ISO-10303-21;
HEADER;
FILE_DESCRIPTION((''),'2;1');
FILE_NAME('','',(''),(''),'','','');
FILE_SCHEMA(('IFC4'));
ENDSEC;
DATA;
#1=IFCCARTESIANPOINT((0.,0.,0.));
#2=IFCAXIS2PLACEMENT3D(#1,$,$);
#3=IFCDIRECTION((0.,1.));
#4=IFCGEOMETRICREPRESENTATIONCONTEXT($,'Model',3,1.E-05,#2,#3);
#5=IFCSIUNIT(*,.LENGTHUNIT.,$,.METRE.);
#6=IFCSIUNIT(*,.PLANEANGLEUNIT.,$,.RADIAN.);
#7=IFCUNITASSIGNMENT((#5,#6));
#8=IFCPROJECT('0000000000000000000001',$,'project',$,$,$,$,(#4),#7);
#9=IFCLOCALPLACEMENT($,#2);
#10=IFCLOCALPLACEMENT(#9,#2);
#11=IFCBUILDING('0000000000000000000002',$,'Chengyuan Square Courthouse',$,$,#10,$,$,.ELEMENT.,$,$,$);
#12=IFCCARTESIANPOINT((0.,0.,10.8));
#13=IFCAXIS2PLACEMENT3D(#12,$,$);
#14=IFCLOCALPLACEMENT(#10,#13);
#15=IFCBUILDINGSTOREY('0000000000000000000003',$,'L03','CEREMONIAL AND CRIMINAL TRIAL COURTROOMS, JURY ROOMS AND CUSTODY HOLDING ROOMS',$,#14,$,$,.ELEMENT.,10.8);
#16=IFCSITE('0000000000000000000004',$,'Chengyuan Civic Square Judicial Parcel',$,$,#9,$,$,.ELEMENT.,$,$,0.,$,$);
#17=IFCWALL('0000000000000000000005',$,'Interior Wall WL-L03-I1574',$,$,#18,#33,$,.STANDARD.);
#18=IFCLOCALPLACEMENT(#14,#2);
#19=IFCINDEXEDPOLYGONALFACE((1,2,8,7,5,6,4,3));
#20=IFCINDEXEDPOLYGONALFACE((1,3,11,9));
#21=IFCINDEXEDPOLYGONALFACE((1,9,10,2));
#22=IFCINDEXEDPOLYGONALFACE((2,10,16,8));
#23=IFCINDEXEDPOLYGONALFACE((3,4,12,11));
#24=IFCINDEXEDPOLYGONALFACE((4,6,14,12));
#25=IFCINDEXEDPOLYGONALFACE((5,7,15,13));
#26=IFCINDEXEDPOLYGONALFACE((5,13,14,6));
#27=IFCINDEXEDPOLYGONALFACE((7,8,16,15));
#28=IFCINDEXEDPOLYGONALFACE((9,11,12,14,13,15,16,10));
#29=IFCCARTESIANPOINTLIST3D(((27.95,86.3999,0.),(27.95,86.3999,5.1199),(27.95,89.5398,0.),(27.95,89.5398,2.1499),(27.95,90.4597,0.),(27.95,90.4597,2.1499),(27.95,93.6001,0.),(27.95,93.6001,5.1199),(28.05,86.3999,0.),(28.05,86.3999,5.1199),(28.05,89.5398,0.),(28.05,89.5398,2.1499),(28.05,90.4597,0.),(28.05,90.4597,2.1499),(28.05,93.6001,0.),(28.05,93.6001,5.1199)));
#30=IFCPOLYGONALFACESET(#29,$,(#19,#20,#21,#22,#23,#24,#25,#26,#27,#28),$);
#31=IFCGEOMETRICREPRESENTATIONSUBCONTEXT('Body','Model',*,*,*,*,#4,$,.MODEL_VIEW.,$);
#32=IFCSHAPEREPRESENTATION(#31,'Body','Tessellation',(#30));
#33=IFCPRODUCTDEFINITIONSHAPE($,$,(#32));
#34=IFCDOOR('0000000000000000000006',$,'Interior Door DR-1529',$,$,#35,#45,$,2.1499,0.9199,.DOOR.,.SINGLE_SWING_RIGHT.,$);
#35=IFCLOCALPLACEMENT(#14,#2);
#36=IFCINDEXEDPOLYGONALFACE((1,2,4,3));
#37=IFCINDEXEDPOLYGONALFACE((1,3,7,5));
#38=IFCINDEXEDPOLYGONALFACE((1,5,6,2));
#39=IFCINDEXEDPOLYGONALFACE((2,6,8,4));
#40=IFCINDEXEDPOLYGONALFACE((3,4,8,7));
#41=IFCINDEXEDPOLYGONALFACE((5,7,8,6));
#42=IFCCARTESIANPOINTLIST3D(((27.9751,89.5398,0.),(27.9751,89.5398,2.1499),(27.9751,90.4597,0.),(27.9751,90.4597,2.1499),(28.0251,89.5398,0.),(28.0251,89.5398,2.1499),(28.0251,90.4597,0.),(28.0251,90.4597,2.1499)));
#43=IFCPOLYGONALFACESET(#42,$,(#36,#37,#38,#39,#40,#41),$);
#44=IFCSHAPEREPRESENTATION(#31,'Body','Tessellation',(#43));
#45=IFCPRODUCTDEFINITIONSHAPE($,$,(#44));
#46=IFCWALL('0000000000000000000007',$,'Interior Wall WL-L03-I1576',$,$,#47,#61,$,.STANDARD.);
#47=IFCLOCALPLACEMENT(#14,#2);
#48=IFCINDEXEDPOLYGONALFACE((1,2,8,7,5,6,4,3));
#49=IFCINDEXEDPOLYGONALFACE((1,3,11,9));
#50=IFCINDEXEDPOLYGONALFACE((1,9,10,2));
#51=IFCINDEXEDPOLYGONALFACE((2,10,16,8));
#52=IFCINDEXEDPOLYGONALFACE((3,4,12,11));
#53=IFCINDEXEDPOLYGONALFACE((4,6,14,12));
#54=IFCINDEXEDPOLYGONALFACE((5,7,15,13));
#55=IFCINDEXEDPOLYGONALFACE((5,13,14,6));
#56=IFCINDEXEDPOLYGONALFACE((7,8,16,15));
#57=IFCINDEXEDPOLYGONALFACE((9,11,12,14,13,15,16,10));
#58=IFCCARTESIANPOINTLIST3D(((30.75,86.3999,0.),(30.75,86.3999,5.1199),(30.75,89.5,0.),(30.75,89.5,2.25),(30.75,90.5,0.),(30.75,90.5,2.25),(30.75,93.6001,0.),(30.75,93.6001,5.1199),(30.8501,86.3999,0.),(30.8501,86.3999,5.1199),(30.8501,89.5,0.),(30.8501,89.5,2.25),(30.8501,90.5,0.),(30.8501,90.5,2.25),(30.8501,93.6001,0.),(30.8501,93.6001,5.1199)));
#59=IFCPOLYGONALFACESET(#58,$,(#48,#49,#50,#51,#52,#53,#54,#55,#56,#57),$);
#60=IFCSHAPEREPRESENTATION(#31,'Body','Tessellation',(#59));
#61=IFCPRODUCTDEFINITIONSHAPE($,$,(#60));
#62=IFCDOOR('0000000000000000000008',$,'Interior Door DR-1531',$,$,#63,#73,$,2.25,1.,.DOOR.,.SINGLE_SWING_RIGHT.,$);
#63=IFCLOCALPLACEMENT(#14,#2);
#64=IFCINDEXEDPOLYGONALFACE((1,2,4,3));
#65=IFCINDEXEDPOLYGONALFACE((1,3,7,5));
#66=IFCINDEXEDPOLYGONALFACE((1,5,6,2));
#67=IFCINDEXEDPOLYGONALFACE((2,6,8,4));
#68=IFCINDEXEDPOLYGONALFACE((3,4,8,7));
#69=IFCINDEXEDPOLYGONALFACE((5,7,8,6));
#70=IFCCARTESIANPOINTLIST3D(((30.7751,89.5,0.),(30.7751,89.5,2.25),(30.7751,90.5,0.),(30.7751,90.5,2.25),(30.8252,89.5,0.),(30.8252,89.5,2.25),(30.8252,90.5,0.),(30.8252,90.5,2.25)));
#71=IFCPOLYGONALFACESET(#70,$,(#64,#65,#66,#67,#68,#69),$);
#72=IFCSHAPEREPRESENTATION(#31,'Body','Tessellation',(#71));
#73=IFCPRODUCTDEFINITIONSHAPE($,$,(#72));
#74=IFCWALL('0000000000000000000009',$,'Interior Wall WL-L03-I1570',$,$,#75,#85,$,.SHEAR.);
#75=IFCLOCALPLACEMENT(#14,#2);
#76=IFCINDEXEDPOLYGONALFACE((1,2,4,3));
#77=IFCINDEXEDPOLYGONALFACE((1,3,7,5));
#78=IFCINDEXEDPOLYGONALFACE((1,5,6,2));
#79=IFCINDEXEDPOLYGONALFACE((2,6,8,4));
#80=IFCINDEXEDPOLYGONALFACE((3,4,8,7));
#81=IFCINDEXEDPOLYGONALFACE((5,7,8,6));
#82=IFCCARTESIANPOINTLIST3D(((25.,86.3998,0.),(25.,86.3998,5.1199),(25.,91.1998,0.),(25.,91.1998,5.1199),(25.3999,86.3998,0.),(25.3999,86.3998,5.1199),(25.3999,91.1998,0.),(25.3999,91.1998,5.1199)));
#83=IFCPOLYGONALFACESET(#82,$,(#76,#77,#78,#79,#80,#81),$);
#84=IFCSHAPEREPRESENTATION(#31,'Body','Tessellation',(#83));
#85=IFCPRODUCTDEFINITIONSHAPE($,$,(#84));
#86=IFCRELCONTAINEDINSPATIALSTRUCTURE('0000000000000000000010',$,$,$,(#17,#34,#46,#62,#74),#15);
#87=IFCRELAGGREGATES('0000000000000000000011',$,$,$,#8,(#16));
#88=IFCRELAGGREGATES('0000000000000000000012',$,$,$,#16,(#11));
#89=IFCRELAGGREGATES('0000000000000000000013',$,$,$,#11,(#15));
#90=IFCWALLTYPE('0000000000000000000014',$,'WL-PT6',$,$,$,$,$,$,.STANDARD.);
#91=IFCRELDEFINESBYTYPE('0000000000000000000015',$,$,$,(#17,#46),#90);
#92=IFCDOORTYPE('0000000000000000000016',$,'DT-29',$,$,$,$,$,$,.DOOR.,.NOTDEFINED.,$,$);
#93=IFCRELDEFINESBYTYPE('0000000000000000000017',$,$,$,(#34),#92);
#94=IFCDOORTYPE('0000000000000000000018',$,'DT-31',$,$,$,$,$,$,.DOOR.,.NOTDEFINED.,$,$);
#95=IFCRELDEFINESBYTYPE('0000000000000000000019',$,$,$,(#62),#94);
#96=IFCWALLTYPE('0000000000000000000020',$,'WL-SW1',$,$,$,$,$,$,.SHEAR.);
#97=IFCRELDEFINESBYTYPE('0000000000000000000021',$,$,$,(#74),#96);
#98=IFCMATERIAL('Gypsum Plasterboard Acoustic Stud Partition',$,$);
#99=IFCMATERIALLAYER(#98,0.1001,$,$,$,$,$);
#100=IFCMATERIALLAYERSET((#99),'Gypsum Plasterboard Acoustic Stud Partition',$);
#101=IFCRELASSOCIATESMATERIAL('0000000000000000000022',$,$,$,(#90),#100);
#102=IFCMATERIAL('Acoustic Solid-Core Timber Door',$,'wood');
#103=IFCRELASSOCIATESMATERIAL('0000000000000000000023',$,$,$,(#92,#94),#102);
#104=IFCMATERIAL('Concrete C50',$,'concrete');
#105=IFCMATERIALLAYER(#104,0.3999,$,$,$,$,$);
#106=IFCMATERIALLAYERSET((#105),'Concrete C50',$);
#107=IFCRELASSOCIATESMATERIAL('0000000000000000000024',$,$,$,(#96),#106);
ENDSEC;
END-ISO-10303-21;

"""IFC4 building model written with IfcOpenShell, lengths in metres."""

from ifc_helpers import new_model, si_unit, direction, frame, frame_2d, origin, place, context, subcontext, project, spatial, rectangle, extrude, material, layer, layer_set, type_object, element, fill, save


model = new_model("IFC4")

# Units and contexts
model_context = context("Model", 3, precision=1e-05, world=origin(), true_north=direction((0.0, 1.0)))
body_context = subcontext(model_context, "Body", "Model", "MODEL_VIEW")
ifc_project = project(units=[si_unit("LENGTHUNIT", "METRE"), si_unit("PLANEANGLEUNIT", "RADIAN")], contexts=[model_context])

# Site, building, storey
site_placement = place(None, origin())
site = spatial("IfcSite", under=ifc_project, at=site_placement, Name="Chengyuan Civic Square Judicial Parcel", CompositionType="ELEMENT", RefElevation=0.0)
building_placement = place(site_placement, origin())
building = spatial("IfcBuilding", under=site, at=building_placement, Name="Chengyuan Square Courthouse", CompositionType="ELEMENT")
storey_placement = place(building_placement, frame((0.0, 0.0, 10.8)))
storey = spatial("IfcBuildingStorey", under=building, at=storey_placement, Name="L03", Description="CEREMONIAL AND CRIMINAL TRIAL COURTROOMS, JURY ROOMS AND CUSTODY HOLDING ROOMS", CompositionType="ELEMENT", Elevation=10.8)

# Shared definitions
ifc_material_1 = material(Name="Concrete C50", Category="concrete")

# Shared definitions
ifc_material_2 = material(Name="Gypsum Plasterboard Acoustic Stud Partition")
ifc_layer_1 = layer(ifc_material_2, 0.1001)
ifc_layer_set_1 = layer_set([ifc_layer_1], Name="Gypsum Plasterboard Acoustic Stud Partition")
wall_type_1 = type_object("IfcWallType", Name="WL-PT6", PredefinedType="STANDARD", material=ifc_layer_set_1)
ifc_material_3 = material(Name="Acoustic Solid-Core Timber Door", Category="wood")

# Walls, openings, doors
wall_1_placement = place(storey_placement, frame((28.0, 86.3999, 0.0), z_axis=(0.0, 0.0, 1.0), x_axis=(0.0, 1.0, 0.0)))
wall_1 = element("IfcWall", 1, at=wall_1_placement, inside=storey, type_object=wall_type_1, Name="Interior Wall WL-L03-I1574", PredefinedType="STANDARD", context=body_context, shape_type="SweptSolid", body=[
    extrude(rectangle(XDim=7.2002, YDim=0.1001, at=frame_2d((3.6001, 0.0))), origin(), (0.0, 0.0, 1.0), 5.1199),
])
opening_1_placement = place(wall_1_placement, frame((3.1399, 0.0, 0.0)))
opening_1 = element("IfcOpeningElement", 2, at=opening_1_placement, cuts=wall_1, PredefinedType="OPENING", context=body_context, shape_type="SweptSolid", body=[
    extrude(rectangle(XDim=0.9199, YDim=2.1499, at=frame_2d((0.46, 1.075))), frame((0.0, 0.062, 0.0), z_axis=(0.0, -1.0, 0.0), x_axis=(1.0, 0.0, 0.0)), (0.0, 0.0, 1.0), 0.124),
])
door_type_1 = type_object("IfcDoorType", Name="DT-29", OperationType="NOTDEFINED", PredefinedType="DOOR", material=ifc_material_3)
door_1_placement = place(opening_1_placement, origin())
door_1 = element("IfcDoor", 3, at=door_1_placement, inside=storey, type_object=door_type_1, Name="Interior Door DR-1529", OperationType="SINGLE_SWING_RIGHT", OverallHeight=2.1499, OverallWidth=0.9199, PredefinedType="DOOR", context=body_context, shape_type="SweptSolid", body=[
    extrude(rectangle(XDim=0.9199, YDim=2.1499, at=frame_2d((0.46, 1.075))), frame((0.0, 0.0249, 0.0), z_axis=(0.0, -1.0, 0.0), x_axis=(1.0, 0.0, 0.0)), (0.0, 0.0, 1.0), 0.05),
])
fill(opening_1, door_1)
wall_2_placement = place(storey_placement, frame((30.8, 86.3999, 0.0), z_axis=(0.0, 0.0, 1.0), x_axis=(0.0, 1.0, 0.0)))
wall_2 = element("IfcWall", 4, at=wall_2_placement, inside=storey, type_object=wall_type_1, Name="Interior Wall WL-L03-I1576", PredefinedType="STANDARD", context=body_context, shape_type="SweptSolid", body=[
    extrude(rectangle(XDim=7.2002, YDim=0.1001, at=frame_2d((3.6001, 0.0))), origin(), (0.0, 0.0, 1.0), 5.1199),
])
opening_2_placement = place(wall_2_placement, frame((3.1001, 0.0, 0.0)))
opening_2 = element("IfcOpeningElement", 5, at=opening_2_placement, cuts=wall_2, PredefinedType="OPENING", context=body_context, shape_type="SweptSolid", body=[
    extrude(rectangle(XDim=1.0, YDim=2.25, at=frame_2d((0.5, 1.125))), frame((0.0, 0.062, 0.0), z_axis=(0.0, -1.0, 0.0), x_axis=(1.0, 0.0, 0.0)), (0.0, 0.0, 1.0), 0.124),
])
door_type_2 = type_object("IfcDoorType", Name="DT-31", OperationType="NOTDEFINED", PredefinedType="DOOR", material=ifc_material_3)
door_2_placement = place(opening_2_placement, origin())
door_2 = element("IfcDoor", 6, at=door_2_placement, inside=storey, type_object=door_type_2, Name="Interior Door DR-1531", OperationType="SINGLE_SWING_RIGHT", OverallHeight=2.25, OverallWidth=1.0, PredefinedType="DOOR", context=body_context, shape_type="SweptSolid", body=[
    extrude(rectangle(XDim=1.0, YDim=2.25, at=frame_2d((0.5, 1.125))), frame((0.0, 0.0249, 0.0), z_axis=(0.0, -1.0, 0.0), x_axis=(1.0, 0.0, 0.0)), (0.0, 0.0, 1.0), 0.05),
])
fill(opening_2, door_2)

# Wall
ifc_layer_2 = layer(ifc_material_1, 0.3999)
ifc_layer_set_2 = layer_set([ifc_layer_2], Name="Concrete C50")
wall_type_2 = type_object("IfcWallType", Name="WL-SW1", PredefinedType="SHEAR", material=ifc_layer_set_2)
wall_3_placement = place(storey_placement, frame((25.2, 86.3999, 0.0), z_axis=(0.0, 0.0, 1.0), x_axis=(0.0, 1.0, 0.0)))
element("IfcWall", 7, at=wall_3_placement, inside=storey, type_object=wall_type_2, Name="Interior Wall WL-L03-I1570", PredefinedType="SHEAR", context=body_context, shape_type="SweptSolid", body=[
    extrude(rectangle(XDim=4.8, YDim=0.3999, at=frame_2d((2.3999, 0.0))), origin(), (0.0, 0.0, 1.0), 5.1199),
])

save(model, "model.ifc")
